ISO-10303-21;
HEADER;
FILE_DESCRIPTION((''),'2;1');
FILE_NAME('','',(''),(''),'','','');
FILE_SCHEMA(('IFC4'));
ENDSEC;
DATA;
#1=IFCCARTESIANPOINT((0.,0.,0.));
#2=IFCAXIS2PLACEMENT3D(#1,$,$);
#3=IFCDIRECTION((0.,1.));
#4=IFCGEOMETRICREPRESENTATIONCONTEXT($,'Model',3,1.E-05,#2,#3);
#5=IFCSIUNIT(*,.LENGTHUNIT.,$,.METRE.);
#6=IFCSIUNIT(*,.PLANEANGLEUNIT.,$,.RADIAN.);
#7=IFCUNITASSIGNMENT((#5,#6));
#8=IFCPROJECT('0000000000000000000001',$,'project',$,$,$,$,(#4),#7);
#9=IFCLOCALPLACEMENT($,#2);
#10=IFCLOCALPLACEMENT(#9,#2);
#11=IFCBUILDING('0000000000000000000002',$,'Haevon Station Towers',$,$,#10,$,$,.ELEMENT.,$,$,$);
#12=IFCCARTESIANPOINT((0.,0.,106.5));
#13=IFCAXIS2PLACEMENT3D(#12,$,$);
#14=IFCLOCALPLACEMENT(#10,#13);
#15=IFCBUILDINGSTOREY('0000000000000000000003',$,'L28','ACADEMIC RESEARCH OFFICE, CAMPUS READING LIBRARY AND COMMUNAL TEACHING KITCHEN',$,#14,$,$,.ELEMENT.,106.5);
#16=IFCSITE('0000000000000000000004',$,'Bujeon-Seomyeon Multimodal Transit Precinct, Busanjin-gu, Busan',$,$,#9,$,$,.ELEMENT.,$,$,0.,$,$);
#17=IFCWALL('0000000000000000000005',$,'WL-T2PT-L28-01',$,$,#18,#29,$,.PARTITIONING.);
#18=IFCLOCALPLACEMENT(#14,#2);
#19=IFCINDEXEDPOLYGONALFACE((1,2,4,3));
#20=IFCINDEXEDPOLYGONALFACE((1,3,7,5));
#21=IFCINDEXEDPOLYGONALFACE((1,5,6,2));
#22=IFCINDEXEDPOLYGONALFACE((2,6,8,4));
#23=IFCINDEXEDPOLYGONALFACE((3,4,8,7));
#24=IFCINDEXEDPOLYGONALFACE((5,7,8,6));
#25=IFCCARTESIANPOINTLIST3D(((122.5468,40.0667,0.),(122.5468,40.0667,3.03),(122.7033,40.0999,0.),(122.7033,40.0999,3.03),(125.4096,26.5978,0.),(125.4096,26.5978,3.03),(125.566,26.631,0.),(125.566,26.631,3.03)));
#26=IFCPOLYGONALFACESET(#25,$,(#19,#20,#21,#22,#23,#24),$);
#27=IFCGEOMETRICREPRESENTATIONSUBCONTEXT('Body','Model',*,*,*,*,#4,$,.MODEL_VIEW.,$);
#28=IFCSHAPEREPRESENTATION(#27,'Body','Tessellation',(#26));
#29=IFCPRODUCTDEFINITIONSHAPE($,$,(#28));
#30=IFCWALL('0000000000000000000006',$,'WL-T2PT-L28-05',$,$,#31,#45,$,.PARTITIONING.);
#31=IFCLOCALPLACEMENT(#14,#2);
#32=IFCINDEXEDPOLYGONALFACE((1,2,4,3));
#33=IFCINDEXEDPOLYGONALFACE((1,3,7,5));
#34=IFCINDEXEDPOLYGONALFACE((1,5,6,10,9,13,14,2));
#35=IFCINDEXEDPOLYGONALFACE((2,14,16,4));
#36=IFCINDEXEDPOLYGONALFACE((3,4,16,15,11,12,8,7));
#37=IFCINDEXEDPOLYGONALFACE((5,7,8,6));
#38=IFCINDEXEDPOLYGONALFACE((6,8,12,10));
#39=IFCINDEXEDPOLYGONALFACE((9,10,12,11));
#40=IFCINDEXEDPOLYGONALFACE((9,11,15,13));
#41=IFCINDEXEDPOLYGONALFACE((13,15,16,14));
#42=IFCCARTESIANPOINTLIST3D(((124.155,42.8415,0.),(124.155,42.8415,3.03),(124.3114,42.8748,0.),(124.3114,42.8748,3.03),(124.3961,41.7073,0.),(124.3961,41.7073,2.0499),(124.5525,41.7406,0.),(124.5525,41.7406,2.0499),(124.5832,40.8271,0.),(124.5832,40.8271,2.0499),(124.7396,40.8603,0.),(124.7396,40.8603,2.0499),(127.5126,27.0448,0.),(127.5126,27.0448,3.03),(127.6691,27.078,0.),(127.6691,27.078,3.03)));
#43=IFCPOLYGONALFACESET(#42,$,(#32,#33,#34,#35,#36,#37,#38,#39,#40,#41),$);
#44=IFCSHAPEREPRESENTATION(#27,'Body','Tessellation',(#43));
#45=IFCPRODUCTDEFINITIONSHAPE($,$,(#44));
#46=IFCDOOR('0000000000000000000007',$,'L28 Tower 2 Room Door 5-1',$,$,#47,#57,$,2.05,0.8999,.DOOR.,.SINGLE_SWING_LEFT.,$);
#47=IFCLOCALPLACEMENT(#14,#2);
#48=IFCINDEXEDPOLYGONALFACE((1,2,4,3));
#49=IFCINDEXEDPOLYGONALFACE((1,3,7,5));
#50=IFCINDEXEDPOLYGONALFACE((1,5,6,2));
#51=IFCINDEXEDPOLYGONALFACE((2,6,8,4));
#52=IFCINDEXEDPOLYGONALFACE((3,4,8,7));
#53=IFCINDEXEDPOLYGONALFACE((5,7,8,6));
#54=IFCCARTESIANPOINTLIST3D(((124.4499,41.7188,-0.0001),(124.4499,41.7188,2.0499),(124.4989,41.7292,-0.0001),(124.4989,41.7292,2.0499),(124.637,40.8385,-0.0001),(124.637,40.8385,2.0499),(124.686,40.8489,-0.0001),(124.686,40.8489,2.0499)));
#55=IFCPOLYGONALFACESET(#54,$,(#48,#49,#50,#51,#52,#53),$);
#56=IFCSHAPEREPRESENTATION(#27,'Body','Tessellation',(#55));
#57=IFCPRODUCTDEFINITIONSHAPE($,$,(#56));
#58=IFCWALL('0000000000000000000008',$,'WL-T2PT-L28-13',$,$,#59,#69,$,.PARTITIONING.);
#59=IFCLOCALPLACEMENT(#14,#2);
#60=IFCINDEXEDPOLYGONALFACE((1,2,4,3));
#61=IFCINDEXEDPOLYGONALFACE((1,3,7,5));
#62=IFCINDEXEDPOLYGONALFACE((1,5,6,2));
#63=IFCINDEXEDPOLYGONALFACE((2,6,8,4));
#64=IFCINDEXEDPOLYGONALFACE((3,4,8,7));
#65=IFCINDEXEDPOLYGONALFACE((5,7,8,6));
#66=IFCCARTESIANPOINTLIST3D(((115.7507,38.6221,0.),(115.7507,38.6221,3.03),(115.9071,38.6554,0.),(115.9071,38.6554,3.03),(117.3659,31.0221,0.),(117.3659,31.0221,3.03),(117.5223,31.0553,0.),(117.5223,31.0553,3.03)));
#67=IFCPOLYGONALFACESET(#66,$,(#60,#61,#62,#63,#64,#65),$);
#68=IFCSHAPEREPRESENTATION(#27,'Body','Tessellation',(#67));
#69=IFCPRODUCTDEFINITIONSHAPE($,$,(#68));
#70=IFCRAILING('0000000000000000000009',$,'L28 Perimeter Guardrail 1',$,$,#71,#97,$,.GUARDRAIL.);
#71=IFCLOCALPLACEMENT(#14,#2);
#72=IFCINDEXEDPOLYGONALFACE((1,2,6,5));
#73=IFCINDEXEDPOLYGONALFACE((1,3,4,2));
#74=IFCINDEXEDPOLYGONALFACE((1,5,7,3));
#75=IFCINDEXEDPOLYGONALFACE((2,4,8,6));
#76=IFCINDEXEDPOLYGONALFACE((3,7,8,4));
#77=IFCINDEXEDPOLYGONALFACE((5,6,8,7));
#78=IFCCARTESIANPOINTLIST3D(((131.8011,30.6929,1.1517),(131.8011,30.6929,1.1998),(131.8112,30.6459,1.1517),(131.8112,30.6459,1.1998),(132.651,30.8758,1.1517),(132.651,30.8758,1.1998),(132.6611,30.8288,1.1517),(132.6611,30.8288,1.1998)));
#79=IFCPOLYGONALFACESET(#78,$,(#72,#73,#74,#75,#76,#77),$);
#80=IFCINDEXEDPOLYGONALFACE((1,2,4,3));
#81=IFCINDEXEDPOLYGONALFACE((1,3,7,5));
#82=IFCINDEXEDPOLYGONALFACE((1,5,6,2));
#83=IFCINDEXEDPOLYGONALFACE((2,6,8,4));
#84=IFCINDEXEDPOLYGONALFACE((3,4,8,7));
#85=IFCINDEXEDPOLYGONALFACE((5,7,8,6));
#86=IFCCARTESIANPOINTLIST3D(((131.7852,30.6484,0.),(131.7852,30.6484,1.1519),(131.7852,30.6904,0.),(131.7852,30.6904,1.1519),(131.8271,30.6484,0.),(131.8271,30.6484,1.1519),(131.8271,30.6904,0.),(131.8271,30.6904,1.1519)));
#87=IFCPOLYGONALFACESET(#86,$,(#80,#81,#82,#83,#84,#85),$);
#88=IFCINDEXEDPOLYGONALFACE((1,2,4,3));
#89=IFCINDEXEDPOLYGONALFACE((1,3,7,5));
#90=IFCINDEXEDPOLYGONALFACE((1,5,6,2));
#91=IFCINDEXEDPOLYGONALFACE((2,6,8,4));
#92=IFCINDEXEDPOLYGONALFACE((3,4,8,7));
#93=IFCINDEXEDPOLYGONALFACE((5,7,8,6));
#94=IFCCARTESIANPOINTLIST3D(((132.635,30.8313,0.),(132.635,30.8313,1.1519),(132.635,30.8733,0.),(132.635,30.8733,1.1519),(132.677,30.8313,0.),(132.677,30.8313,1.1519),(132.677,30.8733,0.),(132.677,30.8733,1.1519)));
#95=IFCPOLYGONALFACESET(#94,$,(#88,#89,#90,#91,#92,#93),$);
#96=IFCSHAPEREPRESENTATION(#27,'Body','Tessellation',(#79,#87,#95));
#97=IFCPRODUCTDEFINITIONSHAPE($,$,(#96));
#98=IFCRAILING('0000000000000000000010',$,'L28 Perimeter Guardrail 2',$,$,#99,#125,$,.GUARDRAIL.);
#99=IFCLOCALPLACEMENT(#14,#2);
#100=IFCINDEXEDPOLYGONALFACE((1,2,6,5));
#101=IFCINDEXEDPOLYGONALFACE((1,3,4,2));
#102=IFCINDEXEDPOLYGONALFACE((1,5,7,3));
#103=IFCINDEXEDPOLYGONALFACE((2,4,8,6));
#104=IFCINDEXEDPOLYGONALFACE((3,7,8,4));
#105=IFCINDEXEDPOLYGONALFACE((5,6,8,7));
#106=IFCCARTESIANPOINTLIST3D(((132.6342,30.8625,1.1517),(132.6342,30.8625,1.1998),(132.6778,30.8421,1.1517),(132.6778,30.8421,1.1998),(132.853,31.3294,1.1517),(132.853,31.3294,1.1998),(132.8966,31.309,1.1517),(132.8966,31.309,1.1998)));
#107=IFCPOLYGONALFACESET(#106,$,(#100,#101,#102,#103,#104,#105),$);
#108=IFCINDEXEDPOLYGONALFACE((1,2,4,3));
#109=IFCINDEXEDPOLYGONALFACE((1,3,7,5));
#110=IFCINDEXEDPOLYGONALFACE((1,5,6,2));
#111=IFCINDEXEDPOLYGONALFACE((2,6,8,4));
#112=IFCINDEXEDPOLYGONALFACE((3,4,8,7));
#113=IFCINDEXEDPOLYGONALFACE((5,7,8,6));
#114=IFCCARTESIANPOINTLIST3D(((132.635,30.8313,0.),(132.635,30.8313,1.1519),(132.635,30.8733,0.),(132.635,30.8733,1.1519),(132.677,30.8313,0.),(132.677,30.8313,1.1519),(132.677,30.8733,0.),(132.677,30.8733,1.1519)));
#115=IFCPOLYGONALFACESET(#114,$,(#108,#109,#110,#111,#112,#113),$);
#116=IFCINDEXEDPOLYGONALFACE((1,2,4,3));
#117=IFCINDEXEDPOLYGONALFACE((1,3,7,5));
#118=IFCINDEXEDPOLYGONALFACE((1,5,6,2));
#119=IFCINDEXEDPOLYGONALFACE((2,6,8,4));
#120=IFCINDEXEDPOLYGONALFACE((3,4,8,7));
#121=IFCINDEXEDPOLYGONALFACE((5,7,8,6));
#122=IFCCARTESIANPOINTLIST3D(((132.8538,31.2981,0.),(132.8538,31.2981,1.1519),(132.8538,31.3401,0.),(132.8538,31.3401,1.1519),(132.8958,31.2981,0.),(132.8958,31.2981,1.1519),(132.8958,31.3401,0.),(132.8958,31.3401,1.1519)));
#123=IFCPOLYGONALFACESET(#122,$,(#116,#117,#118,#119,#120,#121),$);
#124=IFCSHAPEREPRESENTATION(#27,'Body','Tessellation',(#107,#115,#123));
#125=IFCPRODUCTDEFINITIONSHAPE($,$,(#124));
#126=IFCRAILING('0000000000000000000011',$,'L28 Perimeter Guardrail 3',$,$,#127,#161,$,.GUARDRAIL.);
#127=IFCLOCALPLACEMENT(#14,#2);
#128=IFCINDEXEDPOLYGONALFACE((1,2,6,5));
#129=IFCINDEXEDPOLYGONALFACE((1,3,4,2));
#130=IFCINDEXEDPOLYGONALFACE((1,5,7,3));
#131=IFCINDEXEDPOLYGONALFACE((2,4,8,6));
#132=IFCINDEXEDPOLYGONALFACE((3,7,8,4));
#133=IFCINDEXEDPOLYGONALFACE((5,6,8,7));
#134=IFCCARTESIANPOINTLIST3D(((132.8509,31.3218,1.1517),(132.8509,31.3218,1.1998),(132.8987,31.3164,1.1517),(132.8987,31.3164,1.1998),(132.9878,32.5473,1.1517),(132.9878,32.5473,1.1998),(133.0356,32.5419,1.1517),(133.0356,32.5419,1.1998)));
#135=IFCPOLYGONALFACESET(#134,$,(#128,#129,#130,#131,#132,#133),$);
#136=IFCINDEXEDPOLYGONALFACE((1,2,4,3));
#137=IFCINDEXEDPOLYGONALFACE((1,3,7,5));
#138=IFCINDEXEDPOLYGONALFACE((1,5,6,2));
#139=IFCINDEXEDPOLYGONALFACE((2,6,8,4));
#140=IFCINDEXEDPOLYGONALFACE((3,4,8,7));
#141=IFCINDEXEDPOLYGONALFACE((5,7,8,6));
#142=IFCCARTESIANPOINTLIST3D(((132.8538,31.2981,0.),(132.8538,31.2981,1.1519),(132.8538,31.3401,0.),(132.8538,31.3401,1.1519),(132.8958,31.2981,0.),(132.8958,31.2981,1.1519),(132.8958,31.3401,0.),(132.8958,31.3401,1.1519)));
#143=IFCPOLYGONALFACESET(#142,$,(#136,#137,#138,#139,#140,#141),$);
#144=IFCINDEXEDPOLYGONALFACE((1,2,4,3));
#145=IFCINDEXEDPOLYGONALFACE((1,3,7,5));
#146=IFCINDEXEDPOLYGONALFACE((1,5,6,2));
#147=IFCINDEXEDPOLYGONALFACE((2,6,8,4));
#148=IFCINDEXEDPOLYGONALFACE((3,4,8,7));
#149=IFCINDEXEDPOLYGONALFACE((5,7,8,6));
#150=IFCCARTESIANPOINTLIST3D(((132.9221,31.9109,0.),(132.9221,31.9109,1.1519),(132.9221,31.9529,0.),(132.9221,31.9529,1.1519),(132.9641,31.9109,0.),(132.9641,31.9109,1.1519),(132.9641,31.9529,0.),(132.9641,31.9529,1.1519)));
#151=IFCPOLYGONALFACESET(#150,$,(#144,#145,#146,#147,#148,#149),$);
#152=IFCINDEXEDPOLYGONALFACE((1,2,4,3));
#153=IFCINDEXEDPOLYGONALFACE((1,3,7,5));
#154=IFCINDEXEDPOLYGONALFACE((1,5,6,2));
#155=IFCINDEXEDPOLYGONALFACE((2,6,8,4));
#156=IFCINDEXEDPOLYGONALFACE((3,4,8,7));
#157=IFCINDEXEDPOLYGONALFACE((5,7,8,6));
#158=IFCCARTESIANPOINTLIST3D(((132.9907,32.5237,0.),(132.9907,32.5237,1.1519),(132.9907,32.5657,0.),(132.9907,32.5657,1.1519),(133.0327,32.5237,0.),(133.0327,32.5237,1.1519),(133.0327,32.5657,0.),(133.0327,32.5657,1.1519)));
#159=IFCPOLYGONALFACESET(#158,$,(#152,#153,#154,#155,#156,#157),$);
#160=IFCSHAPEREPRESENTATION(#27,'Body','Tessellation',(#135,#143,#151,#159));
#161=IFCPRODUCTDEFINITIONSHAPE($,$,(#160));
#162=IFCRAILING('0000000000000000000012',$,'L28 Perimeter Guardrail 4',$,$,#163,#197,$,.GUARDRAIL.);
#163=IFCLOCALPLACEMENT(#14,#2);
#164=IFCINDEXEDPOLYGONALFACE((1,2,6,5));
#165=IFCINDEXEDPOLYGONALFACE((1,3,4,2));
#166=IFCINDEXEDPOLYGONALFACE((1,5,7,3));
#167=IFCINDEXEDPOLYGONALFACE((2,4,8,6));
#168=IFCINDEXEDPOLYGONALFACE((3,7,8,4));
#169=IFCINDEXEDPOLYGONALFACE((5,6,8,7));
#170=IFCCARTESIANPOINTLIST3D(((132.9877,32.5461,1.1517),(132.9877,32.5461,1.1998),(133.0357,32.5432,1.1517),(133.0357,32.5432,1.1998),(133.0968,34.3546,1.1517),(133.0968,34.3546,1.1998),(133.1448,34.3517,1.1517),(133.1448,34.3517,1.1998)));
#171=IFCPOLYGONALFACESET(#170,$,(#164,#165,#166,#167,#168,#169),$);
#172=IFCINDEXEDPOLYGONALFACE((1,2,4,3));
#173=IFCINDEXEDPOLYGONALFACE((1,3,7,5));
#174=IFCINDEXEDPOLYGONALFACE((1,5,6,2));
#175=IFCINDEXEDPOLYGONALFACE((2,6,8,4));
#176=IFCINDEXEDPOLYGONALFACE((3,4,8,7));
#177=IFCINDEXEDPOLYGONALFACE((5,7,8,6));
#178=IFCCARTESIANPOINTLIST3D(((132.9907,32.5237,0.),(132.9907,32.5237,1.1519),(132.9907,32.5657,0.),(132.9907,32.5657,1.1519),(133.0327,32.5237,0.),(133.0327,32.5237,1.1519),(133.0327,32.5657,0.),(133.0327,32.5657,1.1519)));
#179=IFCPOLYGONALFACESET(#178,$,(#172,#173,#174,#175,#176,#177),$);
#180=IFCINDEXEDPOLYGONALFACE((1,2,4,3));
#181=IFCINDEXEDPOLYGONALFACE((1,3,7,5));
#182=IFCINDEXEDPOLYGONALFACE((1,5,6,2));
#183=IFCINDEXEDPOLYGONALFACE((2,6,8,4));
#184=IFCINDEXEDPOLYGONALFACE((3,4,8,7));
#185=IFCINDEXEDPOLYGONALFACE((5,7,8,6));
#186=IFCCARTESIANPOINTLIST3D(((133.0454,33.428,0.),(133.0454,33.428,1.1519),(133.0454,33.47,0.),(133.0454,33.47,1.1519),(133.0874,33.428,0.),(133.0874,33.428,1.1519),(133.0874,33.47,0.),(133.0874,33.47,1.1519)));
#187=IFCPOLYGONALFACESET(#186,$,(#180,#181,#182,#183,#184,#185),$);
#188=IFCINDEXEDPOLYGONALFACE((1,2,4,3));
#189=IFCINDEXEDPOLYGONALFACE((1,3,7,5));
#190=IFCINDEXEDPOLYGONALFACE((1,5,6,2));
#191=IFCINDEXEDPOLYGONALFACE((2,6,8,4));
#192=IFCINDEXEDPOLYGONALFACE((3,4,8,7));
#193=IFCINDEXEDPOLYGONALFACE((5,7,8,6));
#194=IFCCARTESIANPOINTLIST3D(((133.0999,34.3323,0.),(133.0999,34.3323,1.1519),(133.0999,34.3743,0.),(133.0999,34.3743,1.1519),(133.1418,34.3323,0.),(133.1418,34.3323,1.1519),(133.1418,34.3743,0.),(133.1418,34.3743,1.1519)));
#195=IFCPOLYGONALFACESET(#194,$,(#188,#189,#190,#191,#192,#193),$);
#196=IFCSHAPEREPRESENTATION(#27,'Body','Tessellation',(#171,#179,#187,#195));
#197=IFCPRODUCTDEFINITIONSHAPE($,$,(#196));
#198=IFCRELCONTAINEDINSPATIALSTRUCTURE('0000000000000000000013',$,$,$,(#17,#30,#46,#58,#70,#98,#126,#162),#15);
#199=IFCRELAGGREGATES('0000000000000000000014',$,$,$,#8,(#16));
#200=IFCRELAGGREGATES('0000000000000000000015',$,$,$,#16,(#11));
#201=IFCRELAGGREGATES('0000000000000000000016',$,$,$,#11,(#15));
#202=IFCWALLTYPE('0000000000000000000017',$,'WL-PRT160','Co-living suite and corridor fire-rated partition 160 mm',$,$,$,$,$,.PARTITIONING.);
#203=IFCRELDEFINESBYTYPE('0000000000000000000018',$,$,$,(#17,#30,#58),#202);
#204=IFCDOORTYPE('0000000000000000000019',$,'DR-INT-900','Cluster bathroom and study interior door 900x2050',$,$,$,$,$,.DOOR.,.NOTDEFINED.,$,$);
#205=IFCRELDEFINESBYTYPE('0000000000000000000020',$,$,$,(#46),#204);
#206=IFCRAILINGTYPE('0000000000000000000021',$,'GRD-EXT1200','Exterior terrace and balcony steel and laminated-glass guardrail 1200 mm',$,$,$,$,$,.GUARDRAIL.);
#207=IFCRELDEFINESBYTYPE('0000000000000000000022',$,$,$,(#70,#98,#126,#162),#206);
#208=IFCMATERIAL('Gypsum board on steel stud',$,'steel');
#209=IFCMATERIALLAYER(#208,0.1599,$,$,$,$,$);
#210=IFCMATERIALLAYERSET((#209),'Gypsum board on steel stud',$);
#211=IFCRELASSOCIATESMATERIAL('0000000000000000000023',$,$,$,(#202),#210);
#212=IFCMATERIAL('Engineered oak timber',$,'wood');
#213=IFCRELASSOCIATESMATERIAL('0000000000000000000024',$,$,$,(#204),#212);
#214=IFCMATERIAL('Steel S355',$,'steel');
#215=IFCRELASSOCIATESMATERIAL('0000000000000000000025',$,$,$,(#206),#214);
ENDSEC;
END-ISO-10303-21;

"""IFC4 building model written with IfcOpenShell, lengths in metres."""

from ifc_helpers import new_model, si_unit, direction, frame, frame_2d, origin, origin_2d, place, context, subcontext, project, spatial, rectangle, extrude, material, layer, layer_set, type_object, element, fill, save


model = new_model("IFC4")

# Units and contexts
model_context = context("Model", 3, precision=1e-05, world=origin(), true_north=direction((0.0, 1.0)))
body_context = subcontext(model_context, "Body", "Model", "MODEL_VIEW")
ifc_project = project(units=[si_unit("LENGTHUNIT", "METRE"), si_unit("PLANEANGLEUNIT", "RADIAN")], contexts=[model_context])

# Site, building, storey
site_placement = place(None, origin())
site = spatial("IfcSite", under=ifc_project, at=site_placement, Name="Bujeon-Seomyeon Multimodal Transit Precinct, Busanjin-gu, Busan", CompositionType="ELEMENT", RefElevation=0.0)
building_placement = place(site_placement, origin())
building = spatial("IfcBuilding", under=site, at=building_placement, Name="Haevon Station Towers", CompositionType="ELEMENT")
storey_placement = place(building_placement, frame((0.0, 0.0, 106.5)))
storey = spatial("IfcBuildingStorey", under=building, at=storey_placement, Name="L28", Description="ACADEMIC RESEARCH OFFICE, CAMPUS READING LIBRARY AND COMMUNAL TEACHING KITCHEN", CompositionType="ELEMENT", Elevation=106.5)

# Shared definitions
ifc_material_1 = material(Name="Steel S355", Category="steel")

# Wall
ifc_material_2 = material(Name="Gypsum board on steel stud", Category="steel")
ifc_layer_1 = layer(ifc_material_2, 0.1599)
ifc_layer_set_1 = layer_set([ifc_layer_1], Name="Gypsum board on steel stud")
wall_type_1 = type_object("IfcWallType", Name="WL-PRT160", Description="Co-living suite and corridor fire-rated partition 160 mm", PredefinedType="PARTITIONING", material=ifc_layer_set_1)
wall_1_placement = place(storey_placement, frame((125.4878, 26.6145, 0.0), z_axis=(0.0, 0.0, 1.0), x_axis=(-0.207903, 0.97815, 0.0)))
element("IfcWall", 1, at=wall_1_placement, inside=storey, type_object=wall_type_1, Name="WL-T2PT-L28-01", PredefinedType="PARTITIONING", context=body_context, shape_type="SweptSolid", body=[
    extrude(rectangle(XDim=13.7698, YDim=0.1599, at=frame_2d((6.8848, 0.0))), origin(), (0.0, 0.0, 1.0), 3.03),
])

# Wall, opening, door
wall_2_placement = place(storey_placement, frame((127.5908, 27.0615, 0.0), z_axis=(0.0, 0.0, 1.0), x_axis=(-0.207908, 0.978148, 0.0)))
wall_2 = element("IfcWall", 2, at=wall_2_placement, inside=storey, type_object=wall_type_1, Name="WL-T2PT-L28-05", PredefinedType="PARTITIONING", context=body_context, shape_type="SweptSolid", body=[
    extrude(rectangle(XDim=16.1497, YDim=0.1599, at=frame_2d((8.0747, 0.0))), origin(), (0.0, 0.0, 1.0), 3.03),
])
opening_1_placement = place(wall_2_placement, frame((14.0901, 0.0, 0.0)))
opening_1 = element("IfcOpeningElement", 3, at=opening_1_placement, cuts=wall_2, PredefinedType="OPENING", context=body_context, shape_type="SweptSolid", body=[
    extrude(rectangle(XDim=0.8999, YDim=2.05, at=frame_2d((0.45, 1.0249))), frame((0.0, 0.0898, 0.0), z_axis=(0.0, -1.0, 0.0), x_axis=(1.0, 0.0, 0.0)), (0.0, 0.0, 1.0), 0.1799),
])
ifc_material_3 = material(Name="Engineered oak timber", Category="wood")
door_type = type_object("IfcDoorType", Name="DR-INT-900", Description="Cluster bathroom and study interior door 900x2050", OperationType="NOTDEFINED", PredefinedType="DOOR", material=ifc_material_3)
door_placement = place(opening_1_placement, origin())
door = element("IfcDoor", 4, at=door_placement, inside=storey, type_object=door_type, Name="L28 Tower 2 Room Door 5-1", OperationType="SINGLE_SWING_LEFT", OverallHeight=2.05, OverallWidth=0.8999, PredefinedType="DOOR", context=body_context, shape_type="SweptSolid", body=[
    extrude(rectangle(XDim=0.8999, YDim=2.05, at=frame_2d((0.45, 1.0249))), frame((0.0, 0.0249, 0.0), z_axis=(0.0, -1.0, 0.0), x_axis=(1.0, 0.0, 0.0)), (0.0, 0.0, 1.0), 0.05),
])
fill(opening_1, door)

# Wall
wall_3_placement = place(storey_placement, frame((117.4441, 31.0388, 0.0), z_axis=(0.0, 0.0, 1.0), x_axis=(-0.207885, 0.978153, 0.0)))
element("IfcWall", 5, at=wall_3_placement, inside=storey, type_object=wall_type_1, Name="WL-T2PT-L28-13", PredefinedType="PARTITIONING", context=body_context, shape_type="SweptSolid", body=[
    extrude(rectangle(XDim=7.7698, YDim=0.1599, at=frame_2d((3.8848, 0.0))), origin(), (0.0, 0.0, 1.0), 3.03),
])

# Railings
railing_type = type_object("IfcRailingType", Name="GRD-EXT1200", Description="Exterior terrace and balcony steel and laminated-glass guardrail 1200 mm", PredefinedType="GUARDRAIL", material=ifc_material_1)
railing_1_placement = place(storey_placement, frame((131.8062, 30.6694, 0.0)))
element("IfcRailing", 6, at=railing_1_placement, inside=storey, type_object=railing_type, Name="L28 Perimeter Guardrail 1", PredefinedType="GUARDRAIL", context=body_context, shape_type="SweptSolid", body=[
    extrude(rectangle(XDim=0.0481, YDim=0.0481, at=origin_2d()), frame((0.0, 0.0, 1.1758), z_axis=(0.977625, 0.210354, 0.0), x_axis=(-0.210354, 0.977625, 0.0)), (0.0, 0.0, 1.0), 0.8694),
    extrude(rectangle(XDim=0.042, YDim=0.042, at=origin_2d()), origin(), (0.0, 0.0, 1.0), 1.1519),
    extrude(rectangle(XDim=0.042, YDim=0.042, at=origin_2d()), frame((0.8499, 0.1829, 0.0)), (0.0, 0.0, 1.0), 1.1519),
])
railing_2_placement = place(storey_placement, frame((132.656, 30.8523, 0.0)))
element("IfcRailing", 7, at=railing_2_placement, inside=storey, type_object=railing_type, Name="L28 Perimeter Guardrail 2", PredefinedType="GUARDRAIL", context=body_context, shape_type="SweptSolid", body=[
    extrude(rectangle(XDim=0.0481, YDim=0.0481, at=origin_2d()), frame((0.0, 0.0, 1.1758), z_axis=(0.424337, 0.905504, 0.0), x_axis=(-0.905504, 0.424337, 0.0)), (0.0, 0.0, 1.0), 0.5156),
    extrude(rectangle(XDim=0.042, YDim=0.042, at=origin_2d()), origin(), (0.0, 0.0, 1.0), 1.1519),
    extrude(rectangle(XDim=0.042, YDim=0.042, at=origin_2d()), frame((0.2188, 0.4668, 0.0)), (0.0, 0.0, 1.0), 1.1519),
])
railing_3_placement = place(storey_placement, frame((132.8748, 31.3191, 0.0)))
element("IfcRailing", 8, at=railing_3_placement, inside=storey, type_object=railing_type, Name="L28 Perimeter Guardrail 3", PredefinedType="GUARDRAIL", context=body_context, shape_type="SweptSolid", body=[
    extrude(rectangle(XDim=0.0481, YDim=0.0481, at=origin_2d()), frame((0.0, 0.0, 1.1758), z_axis=(0.111062, 0.993814, 0.0), x_axis=(-0.993814, 0.111062, 0.0)), (0.0, 0.0, 1.0), 1.2332),
    extrude(rectangle(XDim=0.042, YDim=0.042, at=origin_2d()), origin(), (0.0, 0.0, 1.0), 1.1519),
    extrude(rectangle(XDim=0.042, YDim=0.042, at=origin_2d()), frame((0.0684, 0.6128, 0.0)), (0.0, 0.0, 1.0), 1.1519),
    extrude(rectangle(XDim=0.042, YDim=0.042, at=origin_2d()), frame((0.137, 1.2256, 0.0)), (0.0, 0.0, 1.0), 1.1519),
])
railing_4_placement = place(storey_placement, frame((133.0117, 32.5447, 0.0)))
element("IfcRailing", 9, at=railing_4_placement, inside=storey, type_object=railing_type, Name="L28 Perimeter Guardrail 4", PredefinedType="GUARDRAIL", context=body_context, shape_type="SweptSolid", body=[
    extrude(rectangle(XDim=0.0481, YDim=0.0481, at=origin_2d()), frame((0.0, 0.0, 1.1758), z_axis=(0.060231, 0.998184, 0.0), x_axis=(-0.998184, 0.060231, 0.0)), (0.0, 0.0, 1.0), 1.8118),
    extrude(rectangle(XDim=0.042, YDim=0.042, at=origin_2d()), origin(), (0.0, 0.0, 1.0), 1.1519),
    extrude(rectangle(XDim=0.042, YDim=0.042, at=origin_2d()), frame((0.0547, 0.9043, 0.0)), (0.0, 0.0, 1.0), 1.1519),
    extrude(rectangle(XDim=0.042, YDim=0.042, at=origin_2d()), frame((0.1091, 1.8086, 0.0)), (0.0, 0.0, 1.0), 1.1519),
])

save(model, "model.ifc")
